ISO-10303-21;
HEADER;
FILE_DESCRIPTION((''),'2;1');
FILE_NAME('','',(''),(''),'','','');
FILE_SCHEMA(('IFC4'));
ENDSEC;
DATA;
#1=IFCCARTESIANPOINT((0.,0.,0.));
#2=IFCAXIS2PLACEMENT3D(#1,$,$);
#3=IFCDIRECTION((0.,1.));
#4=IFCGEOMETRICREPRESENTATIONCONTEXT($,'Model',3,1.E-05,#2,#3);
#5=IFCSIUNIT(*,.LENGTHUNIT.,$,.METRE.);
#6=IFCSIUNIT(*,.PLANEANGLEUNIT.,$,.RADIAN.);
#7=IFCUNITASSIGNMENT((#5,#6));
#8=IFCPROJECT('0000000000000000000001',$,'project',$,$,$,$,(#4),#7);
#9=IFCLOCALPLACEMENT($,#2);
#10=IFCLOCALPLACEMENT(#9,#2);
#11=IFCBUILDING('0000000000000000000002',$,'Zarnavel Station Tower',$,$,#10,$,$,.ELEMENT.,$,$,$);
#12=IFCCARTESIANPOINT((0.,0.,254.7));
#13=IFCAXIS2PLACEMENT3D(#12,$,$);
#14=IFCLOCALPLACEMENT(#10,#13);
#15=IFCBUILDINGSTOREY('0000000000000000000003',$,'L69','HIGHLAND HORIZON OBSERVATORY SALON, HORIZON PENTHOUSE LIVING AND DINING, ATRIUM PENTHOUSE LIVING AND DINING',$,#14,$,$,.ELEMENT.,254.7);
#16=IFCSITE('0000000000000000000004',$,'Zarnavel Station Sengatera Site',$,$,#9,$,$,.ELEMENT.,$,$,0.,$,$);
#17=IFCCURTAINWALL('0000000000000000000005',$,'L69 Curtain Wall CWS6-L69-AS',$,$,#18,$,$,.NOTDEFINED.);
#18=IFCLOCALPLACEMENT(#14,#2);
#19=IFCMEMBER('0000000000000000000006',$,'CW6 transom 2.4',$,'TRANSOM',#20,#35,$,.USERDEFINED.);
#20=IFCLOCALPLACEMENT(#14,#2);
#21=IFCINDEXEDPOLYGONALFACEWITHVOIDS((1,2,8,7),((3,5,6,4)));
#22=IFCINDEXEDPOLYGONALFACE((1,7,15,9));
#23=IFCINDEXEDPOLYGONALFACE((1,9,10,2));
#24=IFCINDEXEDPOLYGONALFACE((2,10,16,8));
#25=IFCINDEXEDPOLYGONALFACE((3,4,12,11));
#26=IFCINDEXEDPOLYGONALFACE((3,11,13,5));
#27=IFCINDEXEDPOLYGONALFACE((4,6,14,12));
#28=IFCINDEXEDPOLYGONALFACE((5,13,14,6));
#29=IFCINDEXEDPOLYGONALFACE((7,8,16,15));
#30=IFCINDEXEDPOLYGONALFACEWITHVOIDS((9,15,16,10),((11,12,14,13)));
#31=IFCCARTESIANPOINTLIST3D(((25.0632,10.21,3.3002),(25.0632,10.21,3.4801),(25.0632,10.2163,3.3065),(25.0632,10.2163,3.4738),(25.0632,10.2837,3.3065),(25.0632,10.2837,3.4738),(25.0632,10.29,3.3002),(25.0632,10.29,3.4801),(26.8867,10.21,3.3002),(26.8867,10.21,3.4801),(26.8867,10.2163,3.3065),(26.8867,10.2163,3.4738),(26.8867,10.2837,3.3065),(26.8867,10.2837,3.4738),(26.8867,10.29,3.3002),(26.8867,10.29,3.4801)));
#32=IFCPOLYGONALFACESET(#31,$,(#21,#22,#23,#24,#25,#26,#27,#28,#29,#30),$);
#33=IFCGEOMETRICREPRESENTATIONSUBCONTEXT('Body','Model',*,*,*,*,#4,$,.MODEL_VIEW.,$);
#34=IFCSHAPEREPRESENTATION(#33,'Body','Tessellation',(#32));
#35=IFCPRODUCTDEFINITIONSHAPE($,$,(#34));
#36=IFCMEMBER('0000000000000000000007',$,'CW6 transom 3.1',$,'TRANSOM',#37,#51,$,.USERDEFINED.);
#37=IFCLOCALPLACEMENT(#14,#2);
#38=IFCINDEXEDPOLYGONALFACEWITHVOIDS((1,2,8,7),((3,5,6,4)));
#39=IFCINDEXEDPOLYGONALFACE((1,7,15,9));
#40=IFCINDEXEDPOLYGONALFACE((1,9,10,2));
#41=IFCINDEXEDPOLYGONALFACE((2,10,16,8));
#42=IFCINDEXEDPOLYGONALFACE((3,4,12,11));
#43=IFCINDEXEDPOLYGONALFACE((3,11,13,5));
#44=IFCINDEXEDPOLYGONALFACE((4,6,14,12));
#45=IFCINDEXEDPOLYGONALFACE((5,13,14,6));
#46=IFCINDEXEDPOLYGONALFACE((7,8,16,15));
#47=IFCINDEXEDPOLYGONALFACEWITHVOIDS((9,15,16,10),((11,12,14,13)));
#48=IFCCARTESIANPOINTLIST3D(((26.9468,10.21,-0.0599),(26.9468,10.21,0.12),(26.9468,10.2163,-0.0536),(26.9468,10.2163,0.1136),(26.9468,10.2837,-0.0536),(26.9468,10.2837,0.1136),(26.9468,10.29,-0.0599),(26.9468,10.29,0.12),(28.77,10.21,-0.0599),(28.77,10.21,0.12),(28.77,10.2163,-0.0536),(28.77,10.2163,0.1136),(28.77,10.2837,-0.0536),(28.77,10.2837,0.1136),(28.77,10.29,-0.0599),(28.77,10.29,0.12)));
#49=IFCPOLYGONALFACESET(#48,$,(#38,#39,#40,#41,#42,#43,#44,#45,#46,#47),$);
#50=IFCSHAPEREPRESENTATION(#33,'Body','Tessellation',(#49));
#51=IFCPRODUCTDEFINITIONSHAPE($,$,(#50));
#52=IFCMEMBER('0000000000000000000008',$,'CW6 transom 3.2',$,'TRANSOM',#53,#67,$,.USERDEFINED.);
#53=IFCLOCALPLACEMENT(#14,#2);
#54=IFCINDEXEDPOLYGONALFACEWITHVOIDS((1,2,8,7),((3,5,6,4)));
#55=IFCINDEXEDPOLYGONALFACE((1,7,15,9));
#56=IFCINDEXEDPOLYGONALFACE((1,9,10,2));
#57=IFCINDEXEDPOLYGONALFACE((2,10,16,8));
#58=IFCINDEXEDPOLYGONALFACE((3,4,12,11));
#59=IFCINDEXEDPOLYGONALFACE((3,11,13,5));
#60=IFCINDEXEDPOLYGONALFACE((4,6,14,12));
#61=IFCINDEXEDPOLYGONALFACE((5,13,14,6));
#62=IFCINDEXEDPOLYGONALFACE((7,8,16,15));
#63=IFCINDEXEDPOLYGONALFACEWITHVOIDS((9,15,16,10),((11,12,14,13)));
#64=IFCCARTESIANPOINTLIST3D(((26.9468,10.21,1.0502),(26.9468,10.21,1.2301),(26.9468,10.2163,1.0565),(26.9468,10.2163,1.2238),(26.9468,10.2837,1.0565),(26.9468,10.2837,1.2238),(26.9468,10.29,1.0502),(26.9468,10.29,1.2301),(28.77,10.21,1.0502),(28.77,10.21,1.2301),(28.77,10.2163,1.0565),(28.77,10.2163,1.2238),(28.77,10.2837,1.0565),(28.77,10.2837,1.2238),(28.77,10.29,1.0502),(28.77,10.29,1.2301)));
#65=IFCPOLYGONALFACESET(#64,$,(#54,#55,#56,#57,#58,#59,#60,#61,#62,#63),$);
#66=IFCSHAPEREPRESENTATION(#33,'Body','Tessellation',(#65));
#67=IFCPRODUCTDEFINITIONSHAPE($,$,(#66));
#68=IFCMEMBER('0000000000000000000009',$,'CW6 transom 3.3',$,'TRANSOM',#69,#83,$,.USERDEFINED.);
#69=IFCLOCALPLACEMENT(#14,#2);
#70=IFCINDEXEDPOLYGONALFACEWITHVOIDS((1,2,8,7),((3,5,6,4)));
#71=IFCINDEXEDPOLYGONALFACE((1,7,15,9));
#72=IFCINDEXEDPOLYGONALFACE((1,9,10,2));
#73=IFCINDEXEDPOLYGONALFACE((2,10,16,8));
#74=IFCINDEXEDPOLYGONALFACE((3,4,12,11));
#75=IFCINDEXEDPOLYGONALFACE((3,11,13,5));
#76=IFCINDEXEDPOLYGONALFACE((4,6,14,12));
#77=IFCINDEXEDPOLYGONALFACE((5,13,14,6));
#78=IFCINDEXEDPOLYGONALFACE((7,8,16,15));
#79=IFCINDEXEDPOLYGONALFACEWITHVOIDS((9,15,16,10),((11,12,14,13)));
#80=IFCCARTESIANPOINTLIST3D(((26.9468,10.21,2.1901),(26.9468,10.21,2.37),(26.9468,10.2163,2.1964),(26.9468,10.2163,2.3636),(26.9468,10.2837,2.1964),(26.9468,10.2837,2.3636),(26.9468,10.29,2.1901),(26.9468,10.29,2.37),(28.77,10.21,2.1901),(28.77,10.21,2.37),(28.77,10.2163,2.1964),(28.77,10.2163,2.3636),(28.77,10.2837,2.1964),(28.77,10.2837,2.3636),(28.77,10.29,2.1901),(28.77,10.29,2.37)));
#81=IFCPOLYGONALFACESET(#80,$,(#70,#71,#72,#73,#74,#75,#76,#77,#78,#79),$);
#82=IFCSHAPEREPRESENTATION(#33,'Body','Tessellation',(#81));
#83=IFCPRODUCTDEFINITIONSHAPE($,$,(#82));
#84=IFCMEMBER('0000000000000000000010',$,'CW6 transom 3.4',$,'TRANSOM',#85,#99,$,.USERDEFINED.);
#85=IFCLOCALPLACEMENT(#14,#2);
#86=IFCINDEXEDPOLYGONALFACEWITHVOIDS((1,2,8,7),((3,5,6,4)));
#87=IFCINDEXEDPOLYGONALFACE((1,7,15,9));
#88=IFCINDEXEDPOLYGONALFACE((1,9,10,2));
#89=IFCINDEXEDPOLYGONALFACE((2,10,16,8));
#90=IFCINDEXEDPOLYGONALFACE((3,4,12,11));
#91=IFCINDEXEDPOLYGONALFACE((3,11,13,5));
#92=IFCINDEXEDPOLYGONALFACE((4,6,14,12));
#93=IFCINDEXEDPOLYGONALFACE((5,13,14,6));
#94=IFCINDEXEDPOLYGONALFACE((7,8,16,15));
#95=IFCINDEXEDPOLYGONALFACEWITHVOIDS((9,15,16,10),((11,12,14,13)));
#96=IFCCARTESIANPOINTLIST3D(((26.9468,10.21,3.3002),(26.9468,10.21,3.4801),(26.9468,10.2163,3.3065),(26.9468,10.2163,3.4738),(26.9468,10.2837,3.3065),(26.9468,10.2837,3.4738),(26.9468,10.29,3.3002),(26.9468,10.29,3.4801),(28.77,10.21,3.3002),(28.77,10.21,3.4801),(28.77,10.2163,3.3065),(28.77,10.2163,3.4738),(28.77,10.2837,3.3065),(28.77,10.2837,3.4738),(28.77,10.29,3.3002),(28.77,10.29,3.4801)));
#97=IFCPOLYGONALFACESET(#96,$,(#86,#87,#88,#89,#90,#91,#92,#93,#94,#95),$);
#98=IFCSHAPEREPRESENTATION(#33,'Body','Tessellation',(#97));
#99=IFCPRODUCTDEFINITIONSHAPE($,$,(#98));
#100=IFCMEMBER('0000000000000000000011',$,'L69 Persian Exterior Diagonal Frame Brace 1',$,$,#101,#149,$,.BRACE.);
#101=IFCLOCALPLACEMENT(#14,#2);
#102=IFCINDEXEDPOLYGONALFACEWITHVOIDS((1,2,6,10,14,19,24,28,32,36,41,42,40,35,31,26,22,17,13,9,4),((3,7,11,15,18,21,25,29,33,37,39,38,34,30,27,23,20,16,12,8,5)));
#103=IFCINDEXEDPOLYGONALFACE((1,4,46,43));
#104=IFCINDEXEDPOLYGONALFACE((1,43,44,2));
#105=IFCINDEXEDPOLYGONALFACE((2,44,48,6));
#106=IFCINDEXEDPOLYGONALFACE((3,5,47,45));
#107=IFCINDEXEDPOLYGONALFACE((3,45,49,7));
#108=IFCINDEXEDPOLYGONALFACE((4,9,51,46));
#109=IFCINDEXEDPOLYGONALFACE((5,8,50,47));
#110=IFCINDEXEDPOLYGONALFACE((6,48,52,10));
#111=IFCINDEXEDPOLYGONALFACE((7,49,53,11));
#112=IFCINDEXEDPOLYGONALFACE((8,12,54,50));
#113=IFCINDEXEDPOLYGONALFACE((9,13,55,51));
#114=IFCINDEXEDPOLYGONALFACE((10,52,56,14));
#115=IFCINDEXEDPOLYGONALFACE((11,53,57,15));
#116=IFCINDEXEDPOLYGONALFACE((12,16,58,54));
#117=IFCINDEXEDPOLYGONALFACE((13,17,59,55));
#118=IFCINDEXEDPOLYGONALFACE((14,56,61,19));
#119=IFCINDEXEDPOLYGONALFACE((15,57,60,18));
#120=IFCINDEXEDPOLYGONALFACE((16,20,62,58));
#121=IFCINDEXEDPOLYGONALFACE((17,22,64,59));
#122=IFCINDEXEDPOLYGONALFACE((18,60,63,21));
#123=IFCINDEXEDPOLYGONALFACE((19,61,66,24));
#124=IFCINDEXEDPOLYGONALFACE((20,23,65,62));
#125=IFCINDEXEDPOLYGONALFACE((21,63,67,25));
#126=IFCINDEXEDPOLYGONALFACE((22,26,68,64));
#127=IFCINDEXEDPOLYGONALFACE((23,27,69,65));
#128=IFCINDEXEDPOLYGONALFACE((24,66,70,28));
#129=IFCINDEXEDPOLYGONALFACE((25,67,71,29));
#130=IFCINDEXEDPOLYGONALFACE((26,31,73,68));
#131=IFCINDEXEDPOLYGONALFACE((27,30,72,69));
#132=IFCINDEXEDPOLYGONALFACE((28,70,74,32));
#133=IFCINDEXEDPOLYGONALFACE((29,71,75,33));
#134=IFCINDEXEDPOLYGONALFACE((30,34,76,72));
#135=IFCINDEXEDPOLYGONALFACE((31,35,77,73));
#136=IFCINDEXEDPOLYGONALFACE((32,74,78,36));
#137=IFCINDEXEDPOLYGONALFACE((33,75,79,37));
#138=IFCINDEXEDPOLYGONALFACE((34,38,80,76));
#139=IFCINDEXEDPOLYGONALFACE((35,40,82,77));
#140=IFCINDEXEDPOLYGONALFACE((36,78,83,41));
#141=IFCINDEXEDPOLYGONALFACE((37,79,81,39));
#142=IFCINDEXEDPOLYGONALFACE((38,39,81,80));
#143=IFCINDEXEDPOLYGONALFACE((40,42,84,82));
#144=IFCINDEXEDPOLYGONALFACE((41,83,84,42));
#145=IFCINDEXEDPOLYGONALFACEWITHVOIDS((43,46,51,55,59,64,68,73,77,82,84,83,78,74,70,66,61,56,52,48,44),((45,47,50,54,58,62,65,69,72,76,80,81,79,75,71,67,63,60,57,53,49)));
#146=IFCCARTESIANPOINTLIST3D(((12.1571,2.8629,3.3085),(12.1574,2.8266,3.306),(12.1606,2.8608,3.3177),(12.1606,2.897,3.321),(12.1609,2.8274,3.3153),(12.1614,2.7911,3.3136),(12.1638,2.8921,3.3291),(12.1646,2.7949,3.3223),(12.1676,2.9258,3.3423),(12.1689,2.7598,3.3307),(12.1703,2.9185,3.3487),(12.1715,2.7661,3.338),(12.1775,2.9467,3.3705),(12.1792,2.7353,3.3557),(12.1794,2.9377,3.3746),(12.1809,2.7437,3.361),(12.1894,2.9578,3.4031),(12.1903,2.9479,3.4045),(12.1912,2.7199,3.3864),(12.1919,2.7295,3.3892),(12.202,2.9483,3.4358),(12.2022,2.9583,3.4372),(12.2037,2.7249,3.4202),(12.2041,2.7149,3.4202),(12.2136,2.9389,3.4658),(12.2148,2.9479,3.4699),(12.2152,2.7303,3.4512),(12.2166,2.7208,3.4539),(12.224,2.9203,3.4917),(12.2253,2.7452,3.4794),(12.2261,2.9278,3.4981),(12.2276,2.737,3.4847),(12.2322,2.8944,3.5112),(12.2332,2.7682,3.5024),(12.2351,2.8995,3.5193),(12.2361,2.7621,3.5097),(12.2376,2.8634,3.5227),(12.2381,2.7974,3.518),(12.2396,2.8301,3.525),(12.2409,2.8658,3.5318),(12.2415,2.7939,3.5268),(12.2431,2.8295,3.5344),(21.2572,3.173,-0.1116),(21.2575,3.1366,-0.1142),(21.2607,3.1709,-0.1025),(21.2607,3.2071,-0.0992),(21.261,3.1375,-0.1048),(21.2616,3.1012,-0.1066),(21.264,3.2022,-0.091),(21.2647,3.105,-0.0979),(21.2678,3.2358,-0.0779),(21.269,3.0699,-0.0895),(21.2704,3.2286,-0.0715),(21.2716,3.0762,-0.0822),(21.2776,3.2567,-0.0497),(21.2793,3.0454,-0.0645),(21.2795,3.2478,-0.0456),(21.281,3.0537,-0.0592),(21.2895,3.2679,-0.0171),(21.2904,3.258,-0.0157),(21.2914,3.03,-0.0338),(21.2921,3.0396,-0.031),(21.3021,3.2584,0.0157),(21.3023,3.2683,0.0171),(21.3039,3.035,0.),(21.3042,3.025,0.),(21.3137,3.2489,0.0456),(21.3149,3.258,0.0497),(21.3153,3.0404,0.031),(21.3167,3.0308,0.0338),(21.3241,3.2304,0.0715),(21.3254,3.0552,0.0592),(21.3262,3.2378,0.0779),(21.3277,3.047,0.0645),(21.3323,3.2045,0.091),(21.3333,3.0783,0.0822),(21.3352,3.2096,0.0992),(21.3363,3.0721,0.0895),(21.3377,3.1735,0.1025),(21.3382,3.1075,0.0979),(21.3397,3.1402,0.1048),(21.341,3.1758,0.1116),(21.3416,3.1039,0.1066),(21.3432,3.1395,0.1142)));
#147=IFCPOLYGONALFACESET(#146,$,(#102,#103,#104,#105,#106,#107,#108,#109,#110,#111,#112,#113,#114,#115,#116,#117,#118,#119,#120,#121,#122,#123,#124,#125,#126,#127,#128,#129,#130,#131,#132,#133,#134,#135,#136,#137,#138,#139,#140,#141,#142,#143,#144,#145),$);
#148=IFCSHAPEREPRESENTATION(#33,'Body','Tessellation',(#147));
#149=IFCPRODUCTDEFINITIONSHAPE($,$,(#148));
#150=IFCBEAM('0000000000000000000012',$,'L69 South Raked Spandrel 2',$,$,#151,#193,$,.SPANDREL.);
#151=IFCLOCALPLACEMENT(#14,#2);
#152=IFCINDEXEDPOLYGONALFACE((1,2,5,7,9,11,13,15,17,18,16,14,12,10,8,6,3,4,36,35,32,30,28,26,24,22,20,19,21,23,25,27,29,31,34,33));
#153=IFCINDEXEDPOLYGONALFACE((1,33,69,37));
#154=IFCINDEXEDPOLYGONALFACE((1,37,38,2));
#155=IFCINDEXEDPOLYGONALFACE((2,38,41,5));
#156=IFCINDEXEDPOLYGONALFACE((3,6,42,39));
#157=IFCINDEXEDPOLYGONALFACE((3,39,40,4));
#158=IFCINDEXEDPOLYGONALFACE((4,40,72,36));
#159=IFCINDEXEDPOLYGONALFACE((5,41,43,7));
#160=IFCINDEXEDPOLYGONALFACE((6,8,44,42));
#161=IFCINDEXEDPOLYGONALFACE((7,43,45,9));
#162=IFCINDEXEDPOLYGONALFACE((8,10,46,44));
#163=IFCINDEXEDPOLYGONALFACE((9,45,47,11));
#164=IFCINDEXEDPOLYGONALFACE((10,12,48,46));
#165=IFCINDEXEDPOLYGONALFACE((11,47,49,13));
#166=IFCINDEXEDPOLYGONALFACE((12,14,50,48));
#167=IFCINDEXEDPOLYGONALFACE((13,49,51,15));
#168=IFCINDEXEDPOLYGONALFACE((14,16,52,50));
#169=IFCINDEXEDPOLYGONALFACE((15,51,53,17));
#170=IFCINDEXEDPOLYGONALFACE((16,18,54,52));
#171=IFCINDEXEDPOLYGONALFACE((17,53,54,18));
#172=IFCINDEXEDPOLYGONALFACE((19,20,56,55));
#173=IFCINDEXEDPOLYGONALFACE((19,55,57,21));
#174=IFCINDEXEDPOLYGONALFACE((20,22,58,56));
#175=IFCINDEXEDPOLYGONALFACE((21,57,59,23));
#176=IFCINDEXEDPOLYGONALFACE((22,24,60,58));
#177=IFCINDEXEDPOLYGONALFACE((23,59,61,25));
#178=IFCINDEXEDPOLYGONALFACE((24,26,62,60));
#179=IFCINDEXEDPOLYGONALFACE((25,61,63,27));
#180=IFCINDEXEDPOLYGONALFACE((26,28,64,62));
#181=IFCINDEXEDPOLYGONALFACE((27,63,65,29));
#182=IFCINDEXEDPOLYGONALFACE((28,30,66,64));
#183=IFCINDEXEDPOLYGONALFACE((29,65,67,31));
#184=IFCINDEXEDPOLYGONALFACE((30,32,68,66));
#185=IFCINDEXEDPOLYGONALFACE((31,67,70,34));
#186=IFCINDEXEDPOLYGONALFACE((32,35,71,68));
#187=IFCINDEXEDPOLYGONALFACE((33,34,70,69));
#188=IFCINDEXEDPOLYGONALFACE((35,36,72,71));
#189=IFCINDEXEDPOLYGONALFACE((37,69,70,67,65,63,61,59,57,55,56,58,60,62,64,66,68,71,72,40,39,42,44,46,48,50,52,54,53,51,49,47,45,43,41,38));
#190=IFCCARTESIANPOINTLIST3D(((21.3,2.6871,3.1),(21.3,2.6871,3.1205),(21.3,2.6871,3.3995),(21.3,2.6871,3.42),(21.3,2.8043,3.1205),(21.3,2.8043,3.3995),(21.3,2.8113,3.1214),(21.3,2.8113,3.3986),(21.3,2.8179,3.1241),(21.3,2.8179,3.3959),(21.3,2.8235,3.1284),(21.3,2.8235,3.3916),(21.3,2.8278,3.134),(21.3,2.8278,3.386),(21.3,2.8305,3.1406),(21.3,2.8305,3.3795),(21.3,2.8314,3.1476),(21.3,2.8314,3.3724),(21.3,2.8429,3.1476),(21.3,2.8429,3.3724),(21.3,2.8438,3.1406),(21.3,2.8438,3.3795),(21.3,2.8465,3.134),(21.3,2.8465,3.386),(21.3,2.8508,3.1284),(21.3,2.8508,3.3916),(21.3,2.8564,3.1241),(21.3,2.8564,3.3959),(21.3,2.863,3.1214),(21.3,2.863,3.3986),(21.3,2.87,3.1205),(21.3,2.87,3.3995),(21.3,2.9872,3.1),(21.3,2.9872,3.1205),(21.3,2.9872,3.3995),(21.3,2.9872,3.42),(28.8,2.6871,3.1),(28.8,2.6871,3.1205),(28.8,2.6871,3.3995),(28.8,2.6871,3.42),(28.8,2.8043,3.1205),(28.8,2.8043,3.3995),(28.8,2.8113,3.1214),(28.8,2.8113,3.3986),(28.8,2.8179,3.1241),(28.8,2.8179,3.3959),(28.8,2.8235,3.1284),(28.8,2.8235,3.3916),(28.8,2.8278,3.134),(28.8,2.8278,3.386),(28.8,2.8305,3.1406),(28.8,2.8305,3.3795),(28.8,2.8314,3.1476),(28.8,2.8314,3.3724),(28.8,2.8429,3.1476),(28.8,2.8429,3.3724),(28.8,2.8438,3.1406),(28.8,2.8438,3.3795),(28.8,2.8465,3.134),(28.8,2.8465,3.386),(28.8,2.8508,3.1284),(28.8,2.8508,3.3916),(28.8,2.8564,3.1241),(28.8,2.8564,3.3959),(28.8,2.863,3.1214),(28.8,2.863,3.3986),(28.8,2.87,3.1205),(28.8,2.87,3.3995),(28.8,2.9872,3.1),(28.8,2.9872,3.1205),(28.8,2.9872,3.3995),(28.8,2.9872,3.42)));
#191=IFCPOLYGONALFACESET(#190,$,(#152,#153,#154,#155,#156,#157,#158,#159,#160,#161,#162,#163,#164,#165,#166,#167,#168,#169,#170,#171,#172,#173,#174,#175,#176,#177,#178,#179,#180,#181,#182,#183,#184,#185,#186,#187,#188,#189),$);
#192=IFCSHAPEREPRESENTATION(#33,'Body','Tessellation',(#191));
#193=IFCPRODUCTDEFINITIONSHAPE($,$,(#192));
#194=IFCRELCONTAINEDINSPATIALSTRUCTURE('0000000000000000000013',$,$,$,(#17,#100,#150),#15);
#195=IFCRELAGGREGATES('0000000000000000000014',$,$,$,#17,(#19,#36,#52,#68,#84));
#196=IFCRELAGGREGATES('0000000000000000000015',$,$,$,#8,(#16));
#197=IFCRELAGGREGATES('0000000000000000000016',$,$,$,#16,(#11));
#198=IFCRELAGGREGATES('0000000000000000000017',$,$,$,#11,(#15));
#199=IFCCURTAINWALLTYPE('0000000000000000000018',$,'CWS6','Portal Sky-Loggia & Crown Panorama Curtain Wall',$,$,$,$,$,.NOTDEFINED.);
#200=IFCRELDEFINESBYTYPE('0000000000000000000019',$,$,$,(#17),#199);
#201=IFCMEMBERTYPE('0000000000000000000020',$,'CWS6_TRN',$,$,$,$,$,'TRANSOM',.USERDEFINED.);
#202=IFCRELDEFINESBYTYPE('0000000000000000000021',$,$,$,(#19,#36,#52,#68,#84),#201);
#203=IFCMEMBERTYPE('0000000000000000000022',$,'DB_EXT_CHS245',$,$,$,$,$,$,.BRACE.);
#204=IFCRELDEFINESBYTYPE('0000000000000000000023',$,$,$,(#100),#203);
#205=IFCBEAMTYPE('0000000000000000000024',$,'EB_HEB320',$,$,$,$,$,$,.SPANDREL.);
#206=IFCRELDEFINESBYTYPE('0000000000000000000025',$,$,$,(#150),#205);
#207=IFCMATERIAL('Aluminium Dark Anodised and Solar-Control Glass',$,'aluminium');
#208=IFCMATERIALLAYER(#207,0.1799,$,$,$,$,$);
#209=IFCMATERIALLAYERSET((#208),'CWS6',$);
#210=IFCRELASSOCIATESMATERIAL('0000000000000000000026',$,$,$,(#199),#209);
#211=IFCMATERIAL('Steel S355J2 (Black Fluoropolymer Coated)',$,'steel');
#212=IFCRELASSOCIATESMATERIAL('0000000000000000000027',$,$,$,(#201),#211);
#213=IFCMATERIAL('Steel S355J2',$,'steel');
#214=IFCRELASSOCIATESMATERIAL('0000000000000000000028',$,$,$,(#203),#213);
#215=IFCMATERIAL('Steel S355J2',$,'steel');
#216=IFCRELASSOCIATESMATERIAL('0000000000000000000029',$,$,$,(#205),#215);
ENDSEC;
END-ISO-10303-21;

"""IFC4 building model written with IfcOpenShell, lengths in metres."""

from ifc_helpers import new_model, si_unit, direction, frame, origin, origin_2d, place, context, subcontext, project, spatial, hollow_rectangle, hollow_circle, i_section, extrude, material, layer, layer_set, material_profile, profile_set, type_object, element, aggregate, save


model = new_model("IFC4")

# Units and contexts
model_context = context("Model", 3, precision=1e-05, world=origin(), true_north=direction((0.0, 1.0)))
body_context = subcontext(model_context, "Body", "Model", "MODEL_VIEW")
ifc_project = project(units=[si_unit("LENGTHUNIT", "METRE"), si_unit("PLANEANGLEUNIT", "RADIAN")], contexts=[model_context])

# Site, building, storey
site_placement = place(None, origin())
site = spatial("IfcSite", under=ifc_project, at=site_placement, Name="Zarnavel Station Sengatera Site", CompositionType="ELEMENT", RefElevation=0.0)
building_placement = place(site_placement, origin())
building = spatial("IfcBuilding", under=site, at=building_placement, Name="Zarnavel Station Tower", CompositionType="ELEMENT")
storey_placement = place(building_placement, frame((0.0, 0.0, 254.7)))
storey = spatial("IfcBuildingStorey", under=building, at=storey_placement, Name="L69", Description="HIGHLAND HORIZON OBSERVATORY SALON, HORIZON PENTHOUSE LIVING AND DINING, ATRIUM PENTHOUSE LIVING AND DINING", CompositionType="ELEMENT", Elevation=254.7)

# Curtain wall, members
ifc_material_1 = material(Name="Aluminium Dark Anodised and Solar-Control Glass", Category="aluminium")
ifc_layer_1 = layer(ifc_material_1, 0.1799)
ifc_layer_set_1 = layer_set([ifc_layer_1], Name="CWS6")
curtain_wall_type = type_object("IfcCurtainWallType", Name="CWS6", Description="Portal Sky-Loggia & Crown Panorama Curtain Wall", PredefinedType="NOTDEFINED", material=ifc_layer_set_1)
curtain_wall_placement = place(storey_placement, origin())
curtain_wall = element("IfcCurtainWall", 1, at=curtain_wall_placement, inside=storey, type_object=curtain_wall_type, Name="L69 Curtain Wall CWS6-L69-AS", PredefinedType="NOTDEFINED")
ifc_material_2 = material(Name="Steel S355J2 (Black Fluoropolymer Coated)", Category="steel")
ifc_material_profile_1 = material_profile(ifc_material_2, hollow_rectangle(XDim=0.0801, YDim=0.1799, WallThickness=0.0063, at=origin_2d()), Name="RHS180x80x6.3")
ifc_profile_set_1 = profile_set([ifc_material_profile_1], Name="Steel S355J2 (Black Fluoropolymer Coated)")
member_type_1 = type_object("IfcMemberType", Name="CWS6_TRN", ElementType="TRANSOM", PredefinedType="USERDEFINED", material=ifc_profile_set_1)
member_1_placement = place(storey_placement, frame((25.0632, 10.25, 3.3901), z_axis=(1.0, 0.0, 0.0), x_axis=(0.0, 1.0, 0.0)))
member_1 = element("IfcMember", 2, at=member_1_placement, type_object=member_type_1, Name="CW6 transom 2.4", ObjectType="TRANSOM", PredefinedType="USERDEFINED", context=body_context, shape_type="SweptSolid", body=[
    extrude(hollow_rectangle(XDim=0.0801, YDim=0.1799, WallThickness=0.0063, at=origin_2d()), origin(), (0.0, 0.0, 1.0), 1.8235),
])
member_2_placement = place(storey_placement, frame((26.9468, 10.25, 0.03), z_axis=(1.0, 0.0, 0.0), x_axis=(0.0, 1.0, 0.0)))
member_2 = element("IfcMember", 3, at=member_2_placement, type_object=member_type_1, Name="CW6 transom 3.1", ObjectType="TRANSOM", PredefinedType="USERDEFINED", context=body_context, shape_type="SweptSolid", body=[
    extrude(hollow_rectangle(XDim=0.0801, YDim=0.1799, WallThickness=0.0063, at=origin_2d()), origin(), (0.0, 0.0, 1.0), 1.8232),
])
member_3_placement = place(storey_placement, frame((26.9468, 10.25, 1.1401), z_axis=(1.0, 0.0, 0.0), x_axis=(0.0, 1.0, 0.0)))
member_3 = element("IfcMember", 4, at=member_3_placement, type_object=member_type_1, Name="CW6 transom 3.2", ObjectType="TRANSOM", PredefinedType="USERDEFINED", context=body_context, shape_type="SweptSolid", body=[
    extrude(hollow_rectangle(XDim=0.0801, YDim=0.1799, WallThickness=0.0063, at=origin_2d()), origin(), (0.0, 0.0, 1.0), 1.8232),
])
member_4_placement = place(storey_placement, frame((26.9468, 10.25, 2.28), z_axis=(1.0, 0.0, 0.0), x_axis=(0.0, 1.0, 0.0)))
member_4 = element("IfcMember", 5, at=member_4_placement, type_object=member_type_1, Name="CW6 transom 3.3", ObjectType="TRANSOM", PredefinedType="USERDEFINED", context=body_context, shape_type="SweptSolid", body=[
    extrude(hollow_rectangle(XDim=0.0801, YDim=0.1799, WallThickness=0.0063, at=origin_2d()), origin(), (0.0, 0.0, 1.0), 1.8232),
])
member_5_placement = place(storey_placement, frame((26.9468, 10.25, 3.3901), z_axis=(1.0, 0.0, 0.0), x_axis=(0.0, 1.0, 0.0)))
member_5 = element("IfcMember", 6, at=member_5_placement, type_object=member_type_1, Name="CW6 transom 3.4", ObjectType="TRANSOM", PredefinedType="USERDEFINED", context=body_context, shape_type="SweptSolid", body=[
    extrude(hollow_rectangle(XDim=0.0801, YDim=0.1799, WallThickness=0.0063, at=origin_2d()), origin(), (0.0, 0.0, 1.0), 1.8232),
])

# Member
ifc_material_3 = material(Name="Steel S355J2", Category="steel")
ifc_material_profile_2 = material_profile(ifc_material_3, hollow_circle(Radius=0.1223, WallThickness=0.01, at=origin_2d()), Name="CHS244.5x10")
ifc_profile_set_2 = profile_set([ifc_material_profile_2], Name="Steel S355J2")
member_type_2 = type_object("IfcMemberType", Name="DB_EXT_CHS245", PredefinedType="BRACE", material=ifc_profile_set_2)
member_6_placement = place(storey_placement, frame((21.3, 3.1472, 0.0), z_axis=(-0.935595, -0.031878, 0.351633), x_axis=(0.034052, -0.99942, 0.0)))
element("IfcMember", 7, at=member_6_placement, inside=storey, type_object=member_type_2, Name="L69 Persian Exterior Diagonal Frame Brace 1", PredefinedType="BRACE", context=body_context, shape_type="SweptSolid", body=[
    extrude(hollow_circle(Radius=0.1223, WallThickness=0.01, at=origin_2d()), origin(), (0.0, 0.0, 1.0), 9.7266),
])

# Beam
ifc_material_4 = material(Name="Steel S355J2", Category="steel")
ifc_material_profile_3 = material_profile(ifc_material_4, i_section(OverallWidth=0.3, OverallDepth=0.3201, WebThickness=0.0115, FlangeThickness=0.0205, FilletRadius=0.0271, at=origin_2d()), Name="HEB320")
ifc_profile_set_3 = profile_set([ifc_material_profile_3], Name="Steel S355J2")
beam_type_1 = type_object("IfcBeamType", Name="EB_HEB320", PredefinedType="SPANDREL", material=ifc_profile_set_3)
beam_1_placement = place(storey_placement, frame((21.3, 2.8372, 3.26), z_axis=(1.0, 0.0, 0.0), x_axis=(0.0, 1.0, 0.0)))
element("IfcBeam", 8, at=beam_1_placement, inside=storey, type_object=beam_type_1, Name="L69 South Raked Spandrel 2", PredefinedType="SPANDREL", context=body_context, shape_type="SweptSolid", body=[
    extrude(i_section(OverallWidth=0.3, OverallDepth=0.3201, WebThickness=0.0115, FlangeThickness=0.0205, FilletRadius=0.0271, at=origin_2d()), origin(), (0.0, 0.0, 1.0), 7.5),
])

aggregate(curtain_wall, [member_1, member_2, member_3, member_4, member_5])

save(model, "model.ifc")
